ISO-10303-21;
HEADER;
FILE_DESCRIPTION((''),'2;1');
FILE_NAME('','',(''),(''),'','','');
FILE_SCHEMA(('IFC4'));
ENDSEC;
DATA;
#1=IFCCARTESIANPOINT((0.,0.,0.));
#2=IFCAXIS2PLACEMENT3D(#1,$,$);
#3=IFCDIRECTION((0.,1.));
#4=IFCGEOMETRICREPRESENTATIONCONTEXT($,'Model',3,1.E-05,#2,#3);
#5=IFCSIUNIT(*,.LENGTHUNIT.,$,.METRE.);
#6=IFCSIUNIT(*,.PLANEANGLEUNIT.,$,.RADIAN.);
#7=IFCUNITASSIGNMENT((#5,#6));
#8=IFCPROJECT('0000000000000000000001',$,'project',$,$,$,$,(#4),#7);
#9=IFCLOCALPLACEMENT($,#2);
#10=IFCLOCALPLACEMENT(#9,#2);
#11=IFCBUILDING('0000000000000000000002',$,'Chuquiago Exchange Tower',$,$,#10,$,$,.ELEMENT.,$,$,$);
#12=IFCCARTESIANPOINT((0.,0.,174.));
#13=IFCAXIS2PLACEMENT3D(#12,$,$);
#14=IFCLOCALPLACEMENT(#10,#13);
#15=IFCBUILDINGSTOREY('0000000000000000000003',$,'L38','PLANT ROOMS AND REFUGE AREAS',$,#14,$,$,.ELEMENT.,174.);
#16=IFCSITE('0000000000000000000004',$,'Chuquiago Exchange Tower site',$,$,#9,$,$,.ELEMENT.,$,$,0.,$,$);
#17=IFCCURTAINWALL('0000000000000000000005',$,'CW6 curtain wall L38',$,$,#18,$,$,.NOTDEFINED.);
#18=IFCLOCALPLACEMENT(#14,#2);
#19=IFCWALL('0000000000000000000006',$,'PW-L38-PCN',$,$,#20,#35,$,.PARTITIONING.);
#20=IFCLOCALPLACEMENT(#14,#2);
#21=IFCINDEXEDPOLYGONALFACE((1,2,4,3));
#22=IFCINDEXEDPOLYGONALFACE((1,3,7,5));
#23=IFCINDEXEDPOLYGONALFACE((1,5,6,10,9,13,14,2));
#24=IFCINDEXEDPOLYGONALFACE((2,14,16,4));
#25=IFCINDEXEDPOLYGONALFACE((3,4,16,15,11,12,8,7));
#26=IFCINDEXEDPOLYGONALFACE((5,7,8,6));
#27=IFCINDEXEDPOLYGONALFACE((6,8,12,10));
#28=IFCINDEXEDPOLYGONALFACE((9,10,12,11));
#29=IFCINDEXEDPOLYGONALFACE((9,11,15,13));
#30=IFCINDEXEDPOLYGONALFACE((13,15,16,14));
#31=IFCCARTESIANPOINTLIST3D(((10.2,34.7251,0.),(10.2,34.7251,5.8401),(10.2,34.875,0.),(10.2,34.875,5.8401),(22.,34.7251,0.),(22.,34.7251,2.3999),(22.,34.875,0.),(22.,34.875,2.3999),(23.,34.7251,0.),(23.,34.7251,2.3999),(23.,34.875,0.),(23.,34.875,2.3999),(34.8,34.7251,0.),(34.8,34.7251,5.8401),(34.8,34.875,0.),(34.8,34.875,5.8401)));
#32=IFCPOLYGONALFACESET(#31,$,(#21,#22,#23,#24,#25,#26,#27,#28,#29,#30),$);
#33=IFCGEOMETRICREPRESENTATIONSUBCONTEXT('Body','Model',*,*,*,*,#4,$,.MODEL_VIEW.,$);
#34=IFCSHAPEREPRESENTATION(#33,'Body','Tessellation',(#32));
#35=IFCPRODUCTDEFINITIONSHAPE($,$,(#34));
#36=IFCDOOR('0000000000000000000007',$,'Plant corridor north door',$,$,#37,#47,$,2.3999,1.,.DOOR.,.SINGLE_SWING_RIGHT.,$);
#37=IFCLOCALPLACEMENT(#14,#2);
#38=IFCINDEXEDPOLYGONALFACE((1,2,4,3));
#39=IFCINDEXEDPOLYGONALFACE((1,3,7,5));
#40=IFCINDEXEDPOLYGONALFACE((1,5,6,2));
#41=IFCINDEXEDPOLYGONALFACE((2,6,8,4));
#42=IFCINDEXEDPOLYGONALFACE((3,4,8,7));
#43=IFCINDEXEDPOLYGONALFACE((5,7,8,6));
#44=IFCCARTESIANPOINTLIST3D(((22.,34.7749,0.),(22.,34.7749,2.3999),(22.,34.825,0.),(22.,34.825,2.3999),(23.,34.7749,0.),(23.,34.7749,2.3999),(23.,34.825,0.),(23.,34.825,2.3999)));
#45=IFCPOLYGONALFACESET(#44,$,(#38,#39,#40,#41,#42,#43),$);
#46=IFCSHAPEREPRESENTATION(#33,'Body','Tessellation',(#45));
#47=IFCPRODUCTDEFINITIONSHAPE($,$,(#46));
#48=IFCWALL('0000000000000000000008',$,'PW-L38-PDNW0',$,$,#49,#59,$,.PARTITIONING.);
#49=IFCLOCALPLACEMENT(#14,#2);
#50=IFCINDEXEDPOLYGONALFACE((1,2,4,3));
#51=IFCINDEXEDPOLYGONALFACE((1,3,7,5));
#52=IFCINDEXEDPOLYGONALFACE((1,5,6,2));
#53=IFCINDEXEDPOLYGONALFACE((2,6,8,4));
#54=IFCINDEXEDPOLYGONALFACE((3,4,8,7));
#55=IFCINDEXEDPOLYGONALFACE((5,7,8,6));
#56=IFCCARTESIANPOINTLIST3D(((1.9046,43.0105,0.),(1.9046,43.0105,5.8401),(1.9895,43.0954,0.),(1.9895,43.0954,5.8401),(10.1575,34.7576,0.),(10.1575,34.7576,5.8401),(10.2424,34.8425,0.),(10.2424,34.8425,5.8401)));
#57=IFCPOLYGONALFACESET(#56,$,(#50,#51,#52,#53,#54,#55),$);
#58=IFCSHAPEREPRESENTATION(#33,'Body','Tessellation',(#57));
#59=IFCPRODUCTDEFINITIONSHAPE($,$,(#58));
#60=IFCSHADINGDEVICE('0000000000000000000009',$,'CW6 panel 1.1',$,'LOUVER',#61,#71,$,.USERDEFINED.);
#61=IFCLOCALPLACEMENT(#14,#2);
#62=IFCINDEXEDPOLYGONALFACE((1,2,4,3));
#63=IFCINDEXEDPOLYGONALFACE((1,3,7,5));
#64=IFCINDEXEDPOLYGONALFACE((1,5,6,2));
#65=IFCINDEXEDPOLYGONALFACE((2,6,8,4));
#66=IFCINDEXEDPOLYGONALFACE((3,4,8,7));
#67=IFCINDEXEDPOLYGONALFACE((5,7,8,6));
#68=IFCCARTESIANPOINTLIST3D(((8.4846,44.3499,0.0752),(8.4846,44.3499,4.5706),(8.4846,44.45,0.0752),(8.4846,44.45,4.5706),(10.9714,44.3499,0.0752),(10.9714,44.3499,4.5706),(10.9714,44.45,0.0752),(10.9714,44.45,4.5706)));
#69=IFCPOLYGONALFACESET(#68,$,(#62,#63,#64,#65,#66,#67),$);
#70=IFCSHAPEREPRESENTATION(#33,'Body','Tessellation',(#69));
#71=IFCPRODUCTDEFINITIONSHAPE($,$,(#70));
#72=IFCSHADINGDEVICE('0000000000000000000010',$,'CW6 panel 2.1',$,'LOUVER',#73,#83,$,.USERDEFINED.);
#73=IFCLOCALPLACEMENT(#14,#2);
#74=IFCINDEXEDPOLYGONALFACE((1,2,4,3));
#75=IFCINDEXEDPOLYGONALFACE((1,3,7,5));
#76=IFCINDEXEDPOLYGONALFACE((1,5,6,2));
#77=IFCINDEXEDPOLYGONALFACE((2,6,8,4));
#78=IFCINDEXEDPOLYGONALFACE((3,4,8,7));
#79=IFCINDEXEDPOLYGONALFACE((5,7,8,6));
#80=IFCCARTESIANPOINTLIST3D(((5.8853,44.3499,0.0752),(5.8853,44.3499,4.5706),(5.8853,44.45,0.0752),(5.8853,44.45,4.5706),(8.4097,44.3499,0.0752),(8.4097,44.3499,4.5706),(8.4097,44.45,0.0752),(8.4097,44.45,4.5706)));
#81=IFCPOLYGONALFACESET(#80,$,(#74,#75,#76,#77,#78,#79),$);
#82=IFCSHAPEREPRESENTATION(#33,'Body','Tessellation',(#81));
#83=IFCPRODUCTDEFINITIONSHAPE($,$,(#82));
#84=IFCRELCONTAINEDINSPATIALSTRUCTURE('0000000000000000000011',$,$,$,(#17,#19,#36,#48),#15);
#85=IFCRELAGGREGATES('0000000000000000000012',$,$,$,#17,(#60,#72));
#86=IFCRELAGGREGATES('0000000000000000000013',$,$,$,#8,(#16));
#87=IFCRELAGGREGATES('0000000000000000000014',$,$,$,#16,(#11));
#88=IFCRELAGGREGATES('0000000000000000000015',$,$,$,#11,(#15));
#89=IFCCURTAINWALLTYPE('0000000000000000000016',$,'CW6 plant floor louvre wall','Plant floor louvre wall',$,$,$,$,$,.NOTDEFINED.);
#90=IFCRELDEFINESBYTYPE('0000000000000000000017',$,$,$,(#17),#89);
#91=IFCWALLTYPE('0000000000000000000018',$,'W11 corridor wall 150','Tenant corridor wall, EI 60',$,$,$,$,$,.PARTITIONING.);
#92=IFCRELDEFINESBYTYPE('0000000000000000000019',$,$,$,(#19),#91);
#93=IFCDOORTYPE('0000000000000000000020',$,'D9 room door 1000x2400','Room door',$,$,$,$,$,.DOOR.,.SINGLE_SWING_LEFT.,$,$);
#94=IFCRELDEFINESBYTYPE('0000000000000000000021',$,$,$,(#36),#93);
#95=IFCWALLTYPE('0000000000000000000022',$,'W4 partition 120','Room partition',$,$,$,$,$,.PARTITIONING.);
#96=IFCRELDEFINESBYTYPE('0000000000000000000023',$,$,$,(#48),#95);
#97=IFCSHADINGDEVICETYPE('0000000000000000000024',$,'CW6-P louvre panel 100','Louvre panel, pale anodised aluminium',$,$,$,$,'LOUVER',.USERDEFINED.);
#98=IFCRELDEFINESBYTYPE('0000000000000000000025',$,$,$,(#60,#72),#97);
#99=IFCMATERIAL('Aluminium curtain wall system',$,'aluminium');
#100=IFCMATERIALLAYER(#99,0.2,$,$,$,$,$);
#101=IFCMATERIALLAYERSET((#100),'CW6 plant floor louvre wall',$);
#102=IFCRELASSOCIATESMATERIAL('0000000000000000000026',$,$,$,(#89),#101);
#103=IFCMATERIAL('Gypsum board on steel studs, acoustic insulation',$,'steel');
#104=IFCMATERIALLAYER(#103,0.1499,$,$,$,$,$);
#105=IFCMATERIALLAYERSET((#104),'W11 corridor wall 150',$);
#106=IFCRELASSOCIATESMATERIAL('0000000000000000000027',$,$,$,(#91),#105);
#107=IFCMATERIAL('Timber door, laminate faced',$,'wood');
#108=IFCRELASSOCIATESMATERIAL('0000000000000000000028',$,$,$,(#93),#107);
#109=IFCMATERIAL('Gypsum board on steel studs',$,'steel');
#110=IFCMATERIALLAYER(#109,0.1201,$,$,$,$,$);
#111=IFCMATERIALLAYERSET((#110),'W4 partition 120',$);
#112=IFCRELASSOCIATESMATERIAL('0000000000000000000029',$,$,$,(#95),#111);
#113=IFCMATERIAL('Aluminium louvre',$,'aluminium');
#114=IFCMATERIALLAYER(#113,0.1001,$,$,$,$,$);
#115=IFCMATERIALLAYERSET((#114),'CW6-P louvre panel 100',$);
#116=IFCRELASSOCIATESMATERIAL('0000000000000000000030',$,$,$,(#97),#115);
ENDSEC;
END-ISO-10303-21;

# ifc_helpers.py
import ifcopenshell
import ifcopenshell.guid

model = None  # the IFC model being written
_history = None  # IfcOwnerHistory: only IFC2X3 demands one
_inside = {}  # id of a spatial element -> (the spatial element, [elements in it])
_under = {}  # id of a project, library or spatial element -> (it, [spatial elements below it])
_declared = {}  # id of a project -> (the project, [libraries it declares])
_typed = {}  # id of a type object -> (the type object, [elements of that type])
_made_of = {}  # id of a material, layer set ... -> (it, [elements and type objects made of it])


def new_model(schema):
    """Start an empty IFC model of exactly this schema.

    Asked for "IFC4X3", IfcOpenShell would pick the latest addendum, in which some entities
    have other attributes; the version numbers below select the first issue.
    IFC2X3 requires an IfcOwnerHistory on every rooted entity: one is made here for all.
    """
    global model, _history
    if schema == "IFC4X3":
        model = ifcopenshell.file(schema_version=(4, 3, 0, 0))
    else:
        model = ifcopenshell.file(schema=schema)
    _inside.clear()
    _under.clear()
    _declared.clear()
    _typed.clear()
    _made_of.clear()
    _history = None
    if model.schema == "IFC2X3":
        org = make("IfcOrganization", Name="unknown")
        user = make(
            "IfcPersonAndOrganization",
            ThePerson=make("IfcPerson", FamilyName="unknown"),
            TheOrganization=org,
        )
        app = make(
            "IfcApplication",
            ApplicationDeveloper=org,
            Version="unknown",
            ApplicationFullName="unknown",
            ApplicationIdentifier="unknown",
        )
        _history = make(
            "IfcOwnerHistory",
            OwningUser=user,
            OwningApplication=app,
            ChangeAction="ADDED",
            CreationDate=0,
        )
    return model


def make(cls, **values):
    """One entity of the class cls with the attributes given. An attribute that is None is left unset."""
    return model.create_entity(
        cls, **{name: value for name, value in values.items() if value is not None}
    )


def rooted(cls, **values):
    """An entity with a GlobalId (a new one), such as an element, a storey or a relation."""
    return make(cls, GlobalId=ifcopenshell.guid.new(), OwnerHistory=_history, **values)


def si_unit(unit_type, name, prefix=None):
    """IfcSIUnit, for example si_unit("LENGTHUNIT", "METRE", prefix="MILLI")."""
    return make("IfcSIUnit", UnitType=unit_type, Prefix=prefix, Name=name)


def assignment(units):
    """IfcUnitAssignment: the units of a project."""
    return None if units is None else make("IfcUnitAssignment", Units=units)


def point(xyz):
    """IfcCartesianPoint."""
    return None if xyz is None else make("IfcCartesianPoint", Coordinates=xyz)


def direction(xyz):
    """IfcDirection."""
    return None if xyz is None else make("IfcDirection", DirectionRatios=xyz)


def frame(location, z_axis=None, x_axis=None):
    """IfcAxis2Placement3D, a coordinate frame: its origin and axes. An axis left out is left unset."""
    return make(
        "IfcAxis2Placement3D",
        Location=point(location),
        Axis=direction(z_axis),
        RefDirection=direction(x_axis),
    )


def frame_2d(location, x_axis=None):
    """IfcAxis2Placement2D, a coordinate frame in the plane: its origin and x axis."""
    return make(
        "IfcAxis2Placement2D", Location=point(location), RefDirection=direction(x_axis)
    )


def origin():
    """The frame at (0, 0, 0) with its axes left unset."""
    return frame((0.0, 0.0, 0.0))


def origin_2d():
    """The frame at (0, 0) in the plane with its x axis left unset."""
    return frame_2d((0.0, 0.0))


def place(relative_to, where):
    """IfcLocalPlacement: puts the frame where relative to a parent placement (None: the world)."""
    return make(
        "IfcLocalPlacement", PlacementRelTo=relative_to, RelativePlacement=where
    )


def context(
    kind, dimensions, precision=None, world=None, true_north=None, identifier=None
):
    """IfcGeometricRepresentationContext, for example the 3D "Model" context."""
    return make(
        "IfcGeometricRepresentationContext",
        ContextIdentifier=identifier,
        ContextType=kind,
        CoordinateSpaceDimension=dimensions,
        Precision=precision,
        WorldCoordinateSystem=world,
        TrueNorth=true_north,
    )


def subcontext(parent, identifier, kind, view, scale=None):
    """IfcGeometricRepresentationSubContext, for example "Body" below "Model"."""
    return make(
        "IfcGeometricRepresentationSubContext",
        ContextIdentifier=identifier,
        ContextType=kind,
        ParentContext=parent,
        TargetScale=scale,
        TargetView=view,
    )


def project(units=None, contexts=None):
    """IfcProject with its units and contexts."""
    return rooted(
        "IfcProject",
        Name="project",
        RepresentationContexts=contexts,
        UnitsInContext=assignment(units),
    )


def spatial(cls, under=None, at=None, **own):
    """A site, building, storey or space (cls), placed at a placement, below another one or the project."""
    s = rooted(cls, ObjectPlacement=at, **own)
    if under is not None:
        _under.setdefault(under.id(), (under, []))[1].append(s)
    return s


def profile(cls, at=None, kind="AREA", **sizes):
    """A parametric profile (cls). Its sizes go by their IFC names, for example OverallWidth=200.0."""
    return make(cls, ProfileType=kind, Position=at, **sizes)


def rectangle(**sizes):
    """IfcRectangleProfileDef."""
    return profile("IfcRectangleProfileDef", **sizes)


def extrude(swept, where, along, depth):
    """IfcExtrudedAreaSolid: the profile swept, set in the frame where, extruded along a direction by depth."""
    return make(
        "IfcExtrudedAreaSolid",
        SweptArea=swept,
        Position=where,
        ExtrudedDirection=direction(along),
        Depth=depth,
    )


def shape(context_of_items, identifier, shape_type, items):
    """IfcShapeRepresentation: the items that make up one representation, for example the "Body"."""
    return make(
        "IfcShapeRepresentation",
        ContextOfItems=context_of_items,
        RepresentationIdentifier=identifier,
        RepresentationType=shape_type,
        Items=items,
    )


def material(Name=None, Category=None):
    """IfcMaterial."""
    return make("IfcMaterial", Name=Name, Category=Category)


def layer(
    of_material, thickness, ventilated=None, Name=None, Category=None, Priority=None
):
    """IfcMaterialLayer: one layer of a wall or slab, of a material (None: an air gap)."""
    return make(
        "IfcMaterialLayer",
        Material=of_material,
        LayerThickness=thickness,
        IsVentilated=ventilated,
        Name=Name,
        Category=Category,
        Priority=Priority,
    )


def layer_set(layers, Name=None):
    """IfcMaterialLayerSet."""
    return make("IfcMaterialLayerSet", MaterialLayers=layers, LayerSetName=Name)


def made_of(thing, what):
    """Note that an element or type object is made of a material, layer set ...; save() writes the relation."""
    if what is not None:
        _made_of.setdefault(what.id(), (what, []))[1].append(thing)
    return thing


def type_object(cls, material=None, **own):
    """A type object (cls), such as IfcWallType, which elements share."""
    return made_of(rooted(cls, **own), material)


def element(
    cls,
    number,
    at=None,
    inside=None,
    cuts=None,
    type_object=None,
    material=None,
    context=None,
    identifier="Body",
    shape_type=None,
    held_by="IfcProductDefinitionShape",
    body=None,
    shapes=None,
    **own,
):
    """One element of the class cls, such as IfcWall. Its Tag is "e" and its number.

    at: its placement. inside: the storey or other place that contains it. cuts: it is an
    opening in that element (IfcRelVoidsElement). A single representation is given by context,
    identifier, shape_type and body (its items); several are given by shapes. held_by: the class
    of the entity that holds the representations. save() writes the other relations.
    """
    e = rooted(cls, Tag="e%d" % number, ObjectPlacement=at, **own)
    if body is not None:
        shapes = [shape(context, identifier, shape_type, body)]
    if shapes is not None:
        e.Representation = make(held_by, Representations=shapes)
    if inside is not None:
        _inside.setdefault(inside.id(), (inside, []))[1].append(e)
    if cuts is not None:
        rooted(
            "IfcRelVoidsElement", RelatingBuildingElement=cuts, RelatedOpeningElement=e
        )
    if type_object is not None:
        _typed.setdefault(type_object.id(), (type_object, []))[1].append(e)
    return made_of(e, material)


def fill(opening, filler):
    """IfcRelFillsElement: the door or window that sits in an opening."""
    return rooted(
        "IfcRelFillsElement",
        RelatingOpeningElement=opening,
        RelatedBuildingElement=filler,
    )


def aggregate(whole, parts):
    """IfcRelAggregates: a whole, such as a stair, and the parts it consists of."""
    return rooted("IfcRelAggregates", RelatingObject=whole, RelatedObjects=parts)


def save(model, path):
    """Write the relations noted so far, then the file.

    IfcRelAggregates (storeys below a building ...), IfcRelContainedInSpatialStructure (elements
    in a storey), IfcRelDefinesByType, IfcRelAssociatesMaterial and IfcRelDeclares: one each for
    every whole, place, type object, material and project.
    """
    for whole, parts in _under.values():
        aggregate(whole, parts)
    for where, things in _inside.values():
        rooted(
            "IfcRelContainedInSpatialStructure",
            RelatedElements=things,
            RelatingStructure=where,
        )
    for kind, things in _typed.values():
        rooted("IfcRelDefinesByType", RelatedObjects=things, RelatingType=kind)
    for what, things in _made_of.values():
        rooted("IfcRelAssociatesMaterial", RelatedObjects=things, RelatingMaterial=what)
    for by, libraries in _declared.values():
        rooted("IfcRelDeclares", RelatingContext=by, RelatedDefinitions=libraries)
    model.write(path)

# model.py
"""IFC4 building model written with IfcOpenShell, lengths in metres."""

from ifc_helpers import new_model, si_unit, direction, frame, frame_2d, origin, origin_2d, place, context, subcontext, project, spatial, rectangle, extrude, material, layer, layer_set, type_object, element, fill, aggregate, save


model = new_model("IFC4")

# Units and contexts
model_context = context("Model", 3, precision=1e-05, world=origin(), true_north=direction((0.0, 1.0)))
body_context = subcontext(model_context, "Body", "Model", "MODEL_VIEW")
ifc_project = project(units=[si_unit("LENGTHUNIT", "METRE"), si_unit("PLANEANGLEUNIT", "RADIAN")], contexts=[model_context])

# Site, building, storey
site_placement = place(None, origin())
site = spatial("IfcSite", under=ifc_project, at=site_placement, Name="Chuquiago Exchange Tower site", CompositionType="ELEMENT", RefElevation=0.0)
building_placement = place(site_placement, origin())
building = spatial("IfcBuilding", under=site, at=building_placement, Name="Chuquiago Exchange Tower", CompositionType="ELEMENT")
storey_placement = place(building_placement, frame((0.0, 0.0, 174.0)))
storey = spatial("IfcBuildingStorey", under=building, at=storey_placement, Name="L38", Description="PLANT ROOMS AND REFUGE AREAS", CompositionType="ELEMENT", Elevation=174.0)

# Curtain wall
ifc_material_1 = material(Name="Aluminium curtain wall system", Category="aluminium")
ifc_layer_1 = layer(ifc_material_1, 0.2)
ifc_layer_set_1 = layer_set([ifc_layer_1], Name="CW6 plant floor louvre wall")
curtain_wall_type = type_object("IfcCurtainWallType", Name="CW6 plant floor louvre wall", Description="Plant floor louvre wall", PredefinedType="NOTDEFINED", material=ifc_layer_set_1)
curtain_wall_placement = place(storey_placement, origin())
curtain_wall = element("IfcCurtainWall", 1, at=curtain_wall_placement, inside=storey, type_object=curtain_wall_type, Name="CW6 curtain wall L38", PredefinedType="NOTDEFINED")

# Wall, opening, door
ifc_material_2 = material(Name="Gypsum board on steel studs, acoustic insulation", Category="steel")
ifc_layer_2 = layer(ifc_material_2, 0.1499)
ifc_layer_set_2 = layer_set([ifc_layer_2], Name="W11 corridor wall 150")
wall_type_1 = type_object("IfcWallType", Name="W11 corridor wall 150", Description="Tenant corridor wall, EI 60", PredefinedType="PARTITIONING", material=ifc_layer_set_2)
wall_1_placement = place(storey_placement, frame((10.2, 34.8, 0.0), z_axis=(0.0, 0.0, 1.0), x_axis=(1.0, 0.0, 0.0)))
wall_1 = element("IfcWall", 2, at=wall_1_placement, inside=storey, type_object=wall_type_1, Name="PW-L38-PCN", PredefinedType="PARTITIONING", context=body_context, shape_type="SweptSolid", body=[
    extrude(rectangle(XDim=24.6001, YDim=0.1499, at=frame_2d((12.3, 0.0))), origin(), (0.0, 0.0, 1.0), 5.8401),
])
opening_1_placement = place(wall_1_placement, frame((11.8, 0.0, 0.0)))
opening_1 = element("IfcOpeningElement", 3, at=opening_1_placement, cuts=wall_1, PredefinedType="OPENING", context=body_context, shape_type="SweptSolid", body=[
    extrude(rectangle(XDim=1.0, YDim=2.3999, at=frame_2d((0.5, 1.2))), frame((0.0, 0.085, 0.0), z_axis=(0.0, -1.0, 0.0), x_axis=(1.0, 0.0, 0.0)), (0.0, 0.0, 1.0), 0.1699),
])
ifc_material_3 = material(Name="Timber door, laminate faced", Category="wood")
door_type_1 = type_object("IfcDoorType", Name="D9 room door 1000x2400", Description="Room door", OperationType="SINGLE_SWING_LEFT", PredefinedType="DOOR", material=ifc_material_3)
door_1_placement = place(opening_1_placement, origin())
door_1 = element("IfcDoor", 4, at=door_1_placement, inside=storey, type_object=door_type_1, Name="Plant corridor north door", OperationType="SINGLE_SWING_RIGHT", OverallHeight=2.3999, OverallWidth=1.0, PredefinedType="DOOR", context=body_context, shape_type="SweptSolid", body=[
    extrude(rectangle(XDim=1.0, YDim=2.3999, at=frame_2d((0.5, 1.2))), frame((0.0, 0.0249, 0.0), z_axis=(0.0, -1.0, 0.0), x_axis=(1.0, 0.0, 0.0)), (0.0, 0.0, 1.0), 0.05),
])
fill(opening_1, door_1)

# Wall
ifc_material_4 = material(Name="Gypsum board on steel studs", Category="steel")
ifc_layer_3 = layer(ifc_material_4, 0.1201)
ifc_layer_set_3 = layer_set([ifc_layer_3], Name="W4 partition 120")
wall_type_2 = type_object("IfcWallType", Name="W4 partition 120", Description="Room partition", PredefinedType="PARTITIONING", material=ifc_layer_set_3)
wall_2_placement = place(storey_placement, frame((10.2, 34.8, 0.0), z_axis=(0.0, 0.0, 1.0), x_axis=(-0.707107, 0.707107, 0.0)))
element("IfcWall", 5, at=wall_2_placement, inside=storey, type_object=wall_type_2, Name="PW-L38-PDNW0", PredefinedType="PARTITIONING", context=body_context, shape_type="SweptSolid", body=[
    extrude(rectangle(XDim=11.6714, YDim=0.1201, at=frame_2d((5.8357, 0.0))), origin(), (0.0, 0.0, 1.0), 5.8401),
])

# Shading devices
ifc_material_5 = material(Name="Aluminium louvre", Category="aluminium")
ifc_layer_4 = layer(ifc_material_5, 0.1001)
ifc_layer_set_4 = layer_set([ifc_layer_4], Name="CW6-P louvre panel 100")
shading_device_type = type_object("IfcShadingDeviceType", Name="CW6-P louvre panel 100", Description="Louvre panel, pale anodised aluminium", ElementType="LOUVER", PredefinedType="USERDEFINED", material=ifc_layer_set_4)
shading_device_1_placement = place(storey_placement, frame((9.728, 44.3999, 0.0752), z_axis=(0.0, 0.0, 1.0), x_axis=(-1.0, 0.0, 0.0)))
shading_device_1 = element("IfcShadingDevice", 6, at=shading_device_1_placement, type_object=shading_device_type, Name="CW6 panel 1.1", ObjectType="LOUVER", PredefinedType="USERDEFINED", context=body_context, shape_type="SweptSolid", body=[
    extrude(rectangle(XDim=2.4868, YDim=0.1001, at=origin_2d()), origin(), (0.0, 0.0, 1.0), 4.4954),
])
shading_device_2_placement = place(storey_placement, frame((7.1475, 44.3999, 0.0752), z_axis=(0.0, 0.0, 1.0), x_axis=(-1.0, 0.0, 0.0)))
shading_device_2 = element("IfcShadingDevice", 7, at=shading_device_2_placement, type_object=shading_device_type, Name="CW6 panel 2.1", ObjectType="LOUVER", PredefinedType="USERDEFINED", context=body_context, shape_type="SweptSolid", body=[
    extrude(rectangle(XDim=2.5244, YDim=0.1001, at=origin_2d()), origin(), (0.0, 0.0, 1.0), 4.4954),
])
aggregate(curtain_wall, [shading_device_1, shading_device_2])

save(model, "model.ifc")
